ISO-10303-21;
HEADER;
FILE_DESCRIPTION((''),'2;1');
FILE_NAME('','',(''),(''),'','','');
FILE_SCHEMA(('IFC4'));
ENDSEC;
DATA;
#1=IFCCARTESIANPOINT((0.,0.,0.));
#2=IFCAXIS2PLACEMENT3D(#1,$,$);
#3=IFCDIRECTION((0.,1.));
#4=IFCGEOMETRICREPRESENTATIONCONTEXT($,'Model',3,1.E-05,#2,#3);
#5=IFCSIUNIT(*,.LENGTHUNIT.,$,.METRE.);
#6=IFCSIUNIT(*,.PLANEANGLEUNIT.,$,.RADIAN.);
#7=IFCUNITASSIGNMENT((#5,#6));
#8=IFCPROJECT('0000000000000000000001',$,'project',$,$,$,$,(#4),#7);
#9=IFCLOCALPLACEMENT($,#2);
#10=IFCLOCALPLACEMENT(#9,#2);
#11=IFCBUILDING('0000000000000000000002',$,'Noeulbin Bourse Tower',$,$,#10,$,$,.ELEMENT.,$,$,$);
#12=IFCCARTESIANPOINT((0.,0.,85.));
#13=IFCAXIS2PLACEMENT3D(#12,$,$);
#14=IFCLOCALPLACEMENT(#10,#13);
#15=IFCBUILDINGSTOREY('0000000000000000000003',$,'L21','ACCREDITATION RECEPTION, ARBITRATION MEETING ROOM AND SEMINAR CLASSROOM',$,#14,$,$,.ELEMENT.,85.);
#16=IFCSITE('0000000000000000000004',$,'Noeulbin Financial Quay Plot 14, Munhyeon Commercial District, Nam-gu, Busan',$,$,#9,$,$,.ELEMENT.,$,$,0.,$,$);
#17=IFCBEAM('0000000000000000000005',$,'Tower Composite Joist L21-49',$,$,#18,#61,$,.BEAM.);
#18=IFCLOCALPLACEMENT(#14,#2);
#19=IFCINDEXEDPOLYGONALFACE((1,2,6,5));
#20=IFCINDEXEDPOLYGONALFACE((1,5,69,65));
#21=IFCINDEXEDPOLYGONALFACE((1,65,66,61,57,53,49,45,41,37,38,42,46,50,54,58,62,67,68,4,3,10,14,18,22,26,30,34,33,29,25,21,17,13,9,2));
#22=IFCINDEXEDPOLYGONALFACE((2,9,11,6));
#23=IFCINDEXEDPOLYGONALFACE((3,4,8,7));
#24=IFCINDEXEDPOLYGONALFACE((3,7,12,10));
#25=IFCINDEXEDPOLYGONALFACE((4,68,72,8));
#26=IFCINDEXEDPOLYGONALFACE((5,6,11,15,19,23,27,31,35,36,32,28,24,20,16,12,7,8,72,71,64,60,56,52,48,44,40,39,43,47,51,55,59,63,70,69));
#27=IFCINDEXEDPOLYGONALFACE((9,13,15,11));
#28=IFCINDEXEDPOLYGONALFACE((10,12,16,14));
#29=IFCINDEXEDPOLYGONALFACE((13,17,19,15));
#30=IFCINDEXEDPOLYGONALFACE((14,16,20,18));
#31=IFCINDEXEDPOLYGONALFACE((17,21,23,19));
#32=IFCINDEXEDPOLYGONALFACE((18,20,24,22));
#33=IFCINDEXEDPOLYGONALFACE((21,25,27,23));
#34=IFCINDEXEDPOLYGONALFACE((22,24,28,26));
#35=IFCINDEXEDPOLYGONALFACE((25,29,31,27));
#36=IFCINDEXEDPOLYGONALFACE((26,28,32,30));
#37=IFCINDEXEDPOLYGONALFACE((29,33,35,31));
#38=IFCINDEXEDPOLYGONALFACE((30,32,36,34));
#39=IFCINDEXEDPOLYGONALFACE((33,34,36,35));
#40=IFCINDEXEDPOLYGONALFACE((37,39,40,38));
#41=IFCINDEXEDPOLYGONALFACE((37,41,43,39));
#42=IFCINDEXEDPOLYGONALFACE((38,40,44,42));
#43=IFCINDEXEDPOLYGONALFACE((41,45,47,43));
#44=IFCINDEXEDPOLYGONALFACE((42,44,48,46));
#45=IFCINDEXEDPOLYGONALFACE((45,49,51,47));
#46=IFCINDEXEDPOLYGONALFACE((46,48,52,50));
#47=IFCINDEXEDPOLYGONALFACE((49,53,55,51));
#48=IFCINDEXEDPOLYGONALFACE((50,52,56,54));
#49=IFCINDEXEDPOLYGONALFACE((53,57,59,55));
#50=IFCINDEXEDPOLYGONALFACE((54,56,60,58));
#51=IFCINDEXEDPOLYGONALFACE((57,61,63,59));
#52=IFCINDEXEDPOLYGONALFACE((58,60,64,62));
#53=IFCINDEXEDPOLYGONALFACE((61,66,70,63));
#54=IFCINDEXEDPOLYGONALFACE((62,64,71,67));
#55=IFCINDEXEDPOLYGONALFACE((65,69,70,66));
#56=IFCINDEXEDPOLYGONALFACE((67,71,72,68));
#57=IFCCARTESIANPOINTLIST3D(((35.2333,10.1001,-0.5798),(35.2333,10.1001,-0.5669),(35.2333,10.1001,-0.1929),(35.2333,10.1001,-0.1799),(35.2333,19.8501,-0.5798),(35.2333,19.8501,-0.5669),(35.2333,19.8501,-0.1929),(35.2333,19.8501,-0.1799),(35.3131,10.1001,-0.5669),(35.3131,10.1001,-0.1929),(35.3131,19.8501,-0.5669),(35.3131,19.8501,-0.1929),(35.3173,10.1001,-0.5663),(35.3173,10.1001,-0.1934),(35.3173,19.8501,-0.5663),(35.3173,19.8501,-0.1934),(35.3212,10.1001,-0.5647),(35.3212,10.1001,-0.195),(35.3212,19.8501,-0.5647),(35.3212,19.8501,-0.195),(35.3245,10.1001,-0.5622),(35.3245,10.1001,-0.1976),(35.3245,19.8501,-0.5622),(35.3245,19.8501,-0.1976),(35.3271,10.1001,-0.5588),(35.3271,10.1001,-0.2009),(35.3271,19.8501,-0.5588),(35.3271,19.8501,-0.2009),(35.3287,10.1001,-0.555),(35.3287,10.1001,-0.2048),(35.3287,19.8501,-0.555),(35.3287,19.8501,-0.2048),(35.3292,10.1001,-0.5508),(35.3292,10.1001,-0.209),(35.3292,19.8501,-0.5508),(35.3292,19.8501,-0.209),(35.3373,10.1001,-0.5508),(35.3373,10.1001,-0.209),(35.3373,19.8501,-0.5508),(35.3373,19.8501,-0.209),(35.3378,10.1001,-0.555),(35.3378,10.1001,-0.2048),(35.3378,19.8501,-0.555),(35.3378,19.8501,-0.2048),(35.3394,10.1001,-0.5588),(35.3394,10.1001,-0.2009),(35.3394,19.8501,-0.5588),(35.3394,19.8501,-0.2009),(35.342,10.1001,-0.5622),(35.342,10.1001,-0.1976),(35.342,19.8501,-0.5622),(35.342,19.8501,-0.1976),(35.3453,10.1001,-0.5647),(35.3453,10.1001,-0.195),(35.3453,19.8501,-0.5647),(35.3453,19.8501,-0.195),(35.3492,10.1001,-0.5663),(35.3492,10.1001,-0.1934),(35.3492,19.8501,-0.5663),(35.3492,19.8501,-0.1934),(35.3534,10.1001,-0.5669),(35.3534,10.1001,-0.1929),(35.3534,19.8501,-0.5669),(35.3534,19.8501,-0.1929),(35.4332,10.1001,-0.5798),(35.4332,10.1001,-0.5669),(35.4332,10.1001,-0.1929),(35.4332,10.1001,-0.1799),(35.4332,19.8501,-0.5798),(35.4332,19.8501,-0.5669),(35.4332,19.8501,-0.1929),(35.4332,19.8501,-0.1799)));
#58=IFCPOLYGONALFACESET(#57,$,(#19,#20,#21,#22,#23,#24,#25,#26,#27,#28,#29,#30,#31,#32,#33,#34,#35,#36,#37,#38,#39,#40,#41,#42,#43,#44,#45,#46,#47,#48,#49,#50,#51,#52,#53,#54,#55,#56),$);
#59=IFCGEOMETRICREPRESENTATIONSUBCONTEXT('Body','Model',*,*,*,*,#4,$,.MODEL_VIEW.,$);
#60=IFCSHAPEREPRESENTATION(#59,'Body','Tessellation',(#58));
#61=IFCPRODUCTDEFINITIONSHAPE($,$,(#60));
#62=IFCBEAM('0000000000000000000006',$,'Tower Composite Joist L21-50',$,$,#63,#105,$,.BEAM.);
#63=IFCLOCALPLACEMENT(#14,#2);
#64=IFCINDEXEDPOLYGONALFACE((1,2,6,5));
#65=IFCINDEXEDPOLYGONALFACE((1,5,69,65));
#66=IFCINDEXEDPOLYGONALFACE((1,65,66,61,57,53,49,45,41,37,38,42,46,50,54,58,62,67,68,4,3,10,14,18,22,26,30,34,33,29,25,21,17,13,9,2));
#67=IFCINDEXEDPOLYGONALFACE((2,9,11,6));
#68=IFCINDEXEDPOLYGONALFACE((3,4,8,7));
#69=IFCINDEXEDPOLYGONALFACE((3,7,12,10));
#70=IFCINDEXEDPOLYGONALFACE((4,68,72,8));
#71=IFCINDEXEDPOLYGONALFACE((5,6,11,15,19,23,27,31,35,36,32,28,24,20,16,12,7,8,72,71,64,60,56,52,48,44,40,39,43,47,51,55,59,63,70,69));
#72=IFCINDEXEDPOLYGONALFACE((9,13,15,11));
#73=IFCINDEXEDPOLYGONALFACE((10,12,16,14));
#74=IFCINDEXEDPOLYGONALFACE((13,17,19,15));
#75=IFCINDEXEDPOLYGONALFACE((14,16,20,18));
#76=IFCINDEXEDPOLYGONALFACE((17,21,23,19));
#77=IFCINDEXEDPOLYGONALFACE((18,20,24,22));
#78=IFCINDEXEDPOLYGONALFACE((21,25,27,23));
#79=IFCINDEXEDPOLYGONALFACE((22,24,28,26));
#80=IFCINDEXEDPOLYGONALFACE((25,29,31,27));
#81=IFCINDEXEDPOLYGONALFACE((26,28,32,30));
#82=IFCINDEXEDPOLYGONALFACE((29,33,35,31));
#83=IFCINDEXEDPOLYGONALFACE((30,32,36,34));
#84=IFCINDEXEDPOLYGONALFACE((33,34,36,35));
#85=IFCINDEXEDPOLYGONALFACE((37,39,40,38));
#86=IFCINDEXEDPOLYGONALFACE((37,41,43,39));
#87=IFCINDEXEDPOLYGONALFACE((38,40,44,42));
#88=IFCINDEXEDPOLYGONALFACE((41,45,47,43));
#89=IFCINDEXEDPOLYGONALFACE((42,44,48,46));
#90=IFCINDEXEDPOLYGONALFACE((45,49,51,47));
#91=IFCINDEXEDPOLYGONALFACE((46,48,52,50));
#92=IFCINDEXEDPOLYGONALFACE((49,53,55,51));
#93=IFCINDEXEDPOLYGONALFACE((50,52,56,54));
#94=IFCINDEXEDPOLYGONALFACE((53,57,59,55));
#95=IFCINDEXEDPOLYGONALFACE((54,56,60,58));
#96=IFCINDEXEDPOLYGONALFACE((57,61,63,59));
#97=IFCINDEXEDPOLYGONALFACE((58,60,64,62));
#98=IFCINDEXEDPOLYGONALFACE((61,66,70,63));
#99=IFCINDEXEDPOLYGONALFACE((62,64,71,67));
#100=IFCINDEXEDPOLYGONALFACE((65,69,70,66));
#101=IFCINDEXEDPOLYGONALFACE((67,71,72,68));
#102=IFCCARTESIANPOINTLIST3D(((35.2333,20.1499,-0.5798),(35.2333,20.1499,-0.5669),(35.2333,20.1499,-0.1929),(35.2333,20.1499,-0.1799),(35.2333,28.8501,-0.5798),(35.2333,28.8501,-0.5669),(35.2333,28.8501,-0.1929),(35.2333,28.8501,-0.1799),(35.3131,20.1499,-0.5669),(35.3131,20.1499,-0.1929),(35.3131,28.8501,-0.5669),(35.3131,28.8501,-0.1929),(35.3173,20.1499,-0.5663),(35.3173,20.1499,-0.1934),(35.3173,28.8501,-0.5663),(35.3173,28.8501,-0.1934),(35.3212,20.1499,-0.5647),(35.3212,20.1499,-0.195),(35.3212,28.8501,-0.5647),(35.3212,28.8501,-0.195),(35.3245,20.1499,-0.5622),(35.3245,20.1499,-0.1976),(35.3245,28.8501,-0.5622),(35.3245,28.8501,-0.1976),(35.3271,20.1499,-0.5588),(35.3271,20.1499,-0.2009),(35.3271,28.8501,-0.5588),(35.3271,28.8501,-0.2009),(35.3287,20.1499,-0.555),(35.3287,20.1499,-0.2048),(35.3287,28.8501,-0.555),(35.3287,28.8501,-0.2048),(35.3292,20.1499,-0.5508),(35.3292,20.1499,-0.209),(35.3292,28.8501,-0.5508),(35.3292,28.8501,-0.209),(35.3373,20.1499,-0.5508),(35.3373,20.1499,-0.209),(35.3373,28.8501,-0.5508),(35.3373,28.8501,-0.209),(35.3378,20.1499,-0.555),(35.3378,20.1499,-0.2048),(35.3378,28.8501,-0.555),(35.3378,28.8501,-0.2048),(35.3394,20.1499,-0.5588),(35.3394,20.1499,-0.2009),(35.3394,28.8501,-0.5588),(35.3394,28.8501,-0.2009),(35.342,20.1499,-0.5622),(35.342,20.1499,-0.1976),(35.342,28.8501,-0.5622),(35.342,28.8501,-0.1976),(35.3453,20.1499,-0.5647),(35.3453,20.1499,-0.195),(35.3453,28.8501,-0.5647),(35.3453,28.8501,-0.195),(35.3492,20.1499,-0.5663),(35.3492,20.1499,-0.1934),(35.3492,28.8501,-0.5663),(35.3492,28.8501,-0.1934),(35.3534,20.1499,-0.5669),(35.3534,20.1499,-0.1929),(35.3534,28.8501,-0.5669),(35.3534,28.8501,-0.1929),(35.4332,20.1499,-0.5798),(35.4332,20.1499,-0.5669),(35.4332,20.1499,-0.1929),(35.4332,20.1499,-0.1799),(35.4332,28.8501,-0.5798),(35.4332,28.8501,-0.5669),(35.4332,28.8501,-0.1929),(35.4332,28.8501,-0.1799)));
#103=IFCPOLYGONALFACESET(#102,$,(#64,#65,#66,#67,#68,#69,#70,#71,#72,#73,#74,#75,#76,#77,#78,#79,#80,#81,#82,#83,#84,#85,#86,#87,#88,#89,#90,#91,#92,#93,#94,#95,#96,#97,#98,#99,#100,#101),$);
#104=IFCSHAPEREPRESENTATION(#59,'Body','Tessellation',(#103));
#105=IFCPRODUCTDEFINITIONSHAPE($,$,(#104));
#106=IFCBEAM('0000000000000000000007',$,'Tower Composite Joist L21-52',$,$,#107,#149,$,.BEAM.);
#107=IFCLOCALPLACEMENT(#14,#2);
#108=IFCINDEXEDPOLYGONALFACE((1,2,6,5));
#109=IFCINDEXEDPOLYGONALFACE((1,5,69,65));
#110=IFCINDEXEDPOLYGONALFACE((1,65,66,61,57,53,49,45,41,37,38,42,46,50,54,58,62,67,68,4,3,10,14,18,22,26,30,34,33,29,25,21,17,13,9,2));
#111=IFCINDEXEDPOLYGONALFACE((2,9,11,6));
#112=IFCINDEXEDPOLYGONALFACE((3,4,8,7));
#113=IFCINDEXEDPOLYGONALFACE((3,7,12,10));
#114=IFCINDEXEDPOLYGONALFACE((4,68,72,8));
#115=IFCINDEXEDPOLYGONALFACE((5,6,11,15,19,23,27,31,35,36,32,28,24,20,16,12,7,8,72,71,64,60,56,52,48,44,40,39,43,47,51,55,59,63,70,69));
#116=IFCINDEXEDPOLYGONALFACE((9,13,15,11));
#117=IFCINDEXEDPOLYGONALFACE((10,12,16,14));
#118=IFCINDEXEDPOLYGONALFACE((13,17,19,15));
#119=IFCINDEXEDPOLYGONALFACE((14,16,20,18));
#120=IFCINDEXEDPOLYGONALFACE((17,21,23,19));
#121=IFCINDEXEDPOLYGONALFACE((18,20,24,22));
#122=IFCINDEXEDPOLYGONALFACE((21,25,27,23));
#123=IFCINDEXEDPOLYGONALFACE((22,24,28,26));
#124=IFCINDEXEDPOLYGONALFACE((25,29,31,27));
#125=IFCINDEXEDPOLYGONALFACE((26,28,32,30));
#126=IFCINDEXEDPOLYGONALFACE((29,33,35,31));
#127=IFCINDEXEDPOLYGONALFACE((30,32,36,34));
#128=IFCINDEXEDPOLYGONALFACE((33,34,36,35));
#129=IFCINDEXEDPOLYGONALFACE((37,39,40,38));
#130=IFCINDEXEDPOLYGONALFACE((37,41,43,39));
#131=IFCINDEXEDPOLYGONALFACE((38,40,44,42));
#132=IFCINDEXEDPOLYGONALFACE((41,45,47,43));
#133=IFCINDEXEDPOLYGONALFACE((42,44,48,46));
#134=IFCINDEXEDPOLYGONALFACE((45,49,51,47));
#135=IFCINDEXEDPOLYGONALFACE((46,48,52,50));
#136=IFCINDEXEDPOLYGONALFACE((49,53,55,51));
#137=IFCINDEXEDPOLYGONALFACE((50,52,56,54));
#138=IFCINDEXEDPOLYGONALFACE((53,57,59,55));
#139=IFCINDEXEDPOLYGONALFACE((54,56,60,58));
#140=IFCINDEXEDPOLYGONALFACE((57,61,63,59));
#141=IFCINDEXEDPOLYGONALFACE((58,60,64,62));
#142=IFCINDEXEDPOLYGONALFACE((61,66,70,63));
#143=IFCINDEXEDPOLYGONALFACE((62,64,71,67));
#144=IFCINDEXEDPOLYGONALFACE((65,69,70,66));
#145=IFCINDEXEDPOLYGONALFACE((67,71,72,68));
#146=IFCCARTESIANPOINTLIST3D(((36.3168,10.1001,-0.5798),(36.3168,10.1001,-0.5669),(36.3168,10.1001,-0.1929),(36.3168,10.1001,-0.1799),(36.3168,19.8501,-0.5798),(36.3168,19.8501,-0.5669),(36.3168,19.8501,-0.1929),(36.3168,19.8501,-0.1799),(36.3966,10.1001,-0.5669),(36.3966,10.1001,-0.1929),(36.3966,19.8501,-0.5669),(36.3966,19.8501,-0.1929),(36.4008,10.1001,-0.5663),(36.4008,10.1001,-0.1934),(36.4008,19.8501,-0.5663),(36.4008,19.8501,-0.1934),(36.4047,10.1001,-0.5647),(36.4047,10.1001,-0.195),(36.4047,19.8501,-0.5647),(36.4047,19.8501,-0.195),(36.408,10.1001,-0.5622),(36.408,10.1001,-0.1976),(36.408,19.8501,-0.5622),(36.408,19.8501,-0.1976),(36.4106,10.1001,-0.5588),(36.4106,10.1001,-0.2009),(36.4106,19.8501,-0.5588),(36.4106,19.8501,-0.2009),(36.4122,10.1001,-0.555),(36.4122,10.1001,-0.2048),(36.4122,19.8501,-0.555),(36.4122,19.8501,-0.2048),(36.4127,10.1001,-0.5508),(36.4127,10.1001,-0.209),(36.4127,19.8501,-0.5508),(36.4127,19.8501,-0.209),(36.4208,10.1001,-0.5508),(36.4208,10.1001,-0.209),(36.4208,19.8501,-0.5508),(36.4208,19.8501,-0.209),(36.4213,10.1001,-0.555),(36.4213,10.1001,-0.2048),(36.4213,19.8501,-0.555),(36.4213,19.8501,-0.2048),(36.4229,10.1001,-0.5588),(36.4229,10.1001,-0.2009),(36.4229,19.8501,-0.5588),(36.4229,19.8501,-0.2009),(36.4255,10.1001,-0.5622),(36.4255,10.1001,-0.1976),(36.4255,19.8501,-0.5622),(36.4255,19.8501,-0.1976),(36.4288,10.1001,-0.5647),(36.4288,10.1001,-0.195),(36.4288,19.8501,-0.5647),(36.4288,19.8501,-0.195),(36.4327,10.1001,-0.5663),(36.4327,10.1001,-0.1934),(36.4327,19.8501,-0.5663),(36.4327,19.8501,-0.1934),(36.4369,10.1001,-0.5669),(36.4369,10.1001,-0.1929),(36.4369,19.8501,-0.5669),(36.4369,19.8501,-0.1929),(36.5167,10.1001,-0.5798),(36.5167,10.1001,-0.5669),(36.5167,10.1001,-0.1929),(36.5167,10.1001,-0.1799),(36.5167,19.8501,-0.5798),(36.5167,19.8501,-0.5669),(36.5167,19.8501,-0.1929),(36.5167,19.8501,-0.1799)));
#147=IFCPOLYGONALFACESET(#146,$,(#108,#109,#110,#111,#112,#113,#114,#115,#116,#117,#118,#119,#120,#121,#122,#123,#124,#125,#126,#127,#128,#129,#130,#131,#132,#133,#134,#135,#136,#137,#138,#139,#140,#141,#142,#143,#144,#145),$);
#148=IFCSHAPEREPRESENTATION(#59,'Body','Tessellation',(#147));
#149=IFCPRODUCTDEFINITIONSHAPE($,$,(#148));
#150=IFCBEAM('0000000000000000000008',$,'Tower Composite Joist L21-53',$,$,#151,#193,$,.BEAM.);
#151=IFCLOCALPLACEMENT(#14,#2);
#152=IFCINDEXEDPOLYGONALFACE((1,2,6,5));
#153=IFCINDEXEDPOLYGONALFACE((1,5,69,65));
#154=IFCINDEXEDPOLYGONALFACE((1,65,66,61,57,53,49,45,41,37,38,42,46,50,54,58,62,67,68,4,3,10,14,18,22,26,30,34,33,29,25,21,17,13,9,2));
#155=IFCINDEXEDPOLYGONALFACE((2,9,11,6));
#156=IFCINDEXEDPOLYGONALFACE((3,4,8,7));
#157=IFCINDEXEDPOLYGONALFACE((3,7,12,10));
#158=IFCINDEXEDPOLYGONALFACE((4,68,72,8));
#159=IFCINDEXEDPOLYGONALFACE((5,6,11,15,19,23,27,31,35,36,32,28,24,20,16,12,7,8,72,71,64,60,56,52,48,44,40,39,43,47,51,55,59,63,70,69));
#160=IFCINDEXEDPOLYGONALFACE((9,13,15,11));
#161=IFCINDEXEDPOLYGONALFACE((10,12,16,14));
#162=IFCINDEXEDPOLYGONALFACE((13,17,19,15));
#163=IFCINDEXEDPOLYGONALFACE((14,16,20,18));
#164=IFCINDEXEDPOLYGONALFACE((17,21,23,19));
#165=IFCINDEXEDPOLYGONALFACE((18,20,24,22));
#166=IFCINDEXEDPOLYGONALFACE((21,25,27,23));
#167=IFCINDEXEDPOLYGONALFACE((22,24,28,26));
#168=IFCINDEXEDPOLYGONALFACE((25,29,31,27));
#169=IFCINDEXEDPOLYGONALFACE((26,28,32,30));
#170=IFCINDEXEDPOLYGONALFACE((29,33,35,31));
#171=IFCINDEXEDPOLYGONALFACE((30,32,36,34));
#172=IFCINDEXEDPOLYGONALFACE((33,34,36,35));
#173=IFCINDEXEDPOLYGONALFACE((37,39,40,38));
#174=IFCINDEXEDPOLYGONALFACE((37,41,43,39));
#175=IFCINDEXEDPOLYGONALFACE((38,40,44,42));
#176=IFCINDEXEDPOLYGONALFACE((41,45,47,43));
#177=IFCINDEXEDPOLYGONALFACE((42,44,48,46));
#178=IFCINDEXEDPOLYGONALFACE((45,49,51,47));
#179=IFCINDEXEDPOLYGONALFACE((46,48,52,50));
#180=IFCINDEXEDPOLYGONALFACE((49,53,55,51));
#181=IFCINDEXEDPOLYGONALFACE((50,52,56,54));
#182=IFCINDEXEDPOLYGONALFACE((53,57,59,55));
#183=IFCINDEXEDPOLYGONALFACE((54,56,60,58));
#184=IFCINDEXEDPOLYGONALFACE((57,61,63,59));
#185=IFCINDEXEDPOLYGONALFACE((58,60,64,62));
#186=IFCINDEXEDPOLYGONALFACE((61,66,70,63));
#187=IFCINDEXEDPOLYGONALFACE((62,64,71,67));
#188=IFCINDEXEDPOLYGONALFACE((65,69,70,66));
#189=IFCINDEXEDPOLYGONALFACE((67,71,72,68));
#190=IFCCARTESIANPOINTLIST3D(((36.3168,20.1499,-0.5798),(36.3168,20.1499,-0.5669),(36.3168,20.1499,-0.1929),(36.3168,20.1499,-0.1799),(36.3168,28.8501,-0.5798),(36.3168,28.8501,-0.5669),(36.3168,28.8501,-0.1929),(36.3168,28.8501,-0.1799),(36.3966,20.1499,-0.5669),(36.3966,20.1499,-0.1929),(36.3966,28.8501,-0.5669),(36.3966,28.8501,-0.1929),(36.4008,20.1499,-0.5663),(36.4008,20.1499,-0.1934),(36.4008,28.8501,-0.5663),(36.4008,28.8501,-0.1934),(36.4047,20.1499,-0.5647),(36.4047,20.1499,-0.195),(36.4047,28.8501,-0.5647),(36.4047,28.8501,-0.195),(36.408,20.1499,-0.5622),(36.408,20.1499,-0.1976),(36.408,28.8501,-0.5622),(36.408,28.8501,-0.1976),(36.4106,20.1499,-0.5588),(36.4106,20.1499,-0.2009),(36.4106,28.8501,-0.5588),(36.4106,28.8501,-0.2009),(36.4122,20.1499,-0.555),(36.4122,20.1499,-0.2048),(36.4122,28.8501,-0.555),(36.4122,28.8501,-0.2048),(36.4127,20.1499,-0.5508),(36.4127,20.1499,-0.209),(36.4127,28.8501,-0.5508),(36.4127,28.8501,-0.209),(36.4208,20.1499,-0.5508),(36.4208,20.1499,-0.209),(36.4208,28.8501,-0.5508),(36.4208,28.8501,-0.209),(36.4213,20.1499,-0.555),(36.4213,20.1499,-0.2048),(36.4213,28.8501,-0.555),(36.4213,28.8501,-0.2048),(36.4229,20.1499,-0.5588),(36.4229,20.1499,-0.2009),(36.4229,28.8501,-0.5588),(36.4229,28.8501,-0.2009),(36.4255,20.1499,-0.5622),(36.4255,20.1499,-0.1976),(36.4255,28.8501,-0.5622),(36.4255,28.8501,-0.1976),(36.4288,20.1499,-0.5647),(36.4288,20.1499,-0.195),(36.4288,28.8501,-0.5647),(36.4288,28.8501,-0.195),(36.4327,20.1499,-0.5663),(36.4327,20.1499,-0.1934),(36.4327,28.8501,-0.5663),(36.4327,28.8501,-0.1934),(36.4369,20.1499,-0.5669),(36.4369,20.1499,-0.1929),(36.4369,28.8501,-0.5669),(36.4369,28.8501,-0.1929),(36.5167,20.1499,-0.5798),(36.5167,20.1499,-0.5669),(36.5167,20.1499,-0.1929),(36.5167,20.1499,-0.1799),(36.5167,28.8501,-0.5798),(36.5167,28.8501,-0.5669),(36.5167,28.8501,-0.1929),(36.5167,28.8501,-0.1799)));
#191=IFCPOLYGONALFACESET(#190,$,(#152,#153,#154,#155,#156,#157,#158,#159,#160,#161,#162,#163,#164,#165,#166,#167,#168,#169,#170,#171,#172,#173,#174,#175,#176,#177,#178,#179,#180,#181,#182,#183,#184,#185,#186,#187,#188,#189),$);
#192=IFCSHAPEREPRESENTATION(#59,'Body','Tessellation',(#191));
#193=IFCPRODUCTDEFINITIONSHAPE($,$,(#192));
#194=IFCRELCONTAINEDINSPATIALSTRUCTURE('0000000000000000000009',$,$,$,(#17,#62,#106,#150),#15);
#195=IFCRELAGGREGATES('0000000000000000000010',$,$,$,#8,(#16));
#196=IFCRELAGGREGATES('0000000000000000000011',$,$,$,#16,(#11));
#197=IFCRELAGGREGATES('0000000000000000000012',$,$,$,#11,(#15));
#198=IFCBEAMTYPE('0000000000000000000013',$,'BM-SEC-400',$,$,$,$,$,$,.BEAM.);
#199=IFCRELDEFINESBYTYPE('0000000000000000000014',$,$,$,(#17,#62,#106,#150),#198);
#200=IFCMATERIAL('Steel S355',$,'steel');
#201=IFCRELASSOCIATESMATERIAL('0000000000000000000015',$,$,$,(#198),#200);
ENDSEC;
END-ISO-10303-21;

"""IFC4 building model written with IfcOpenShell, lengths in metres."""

from ifc_helpers import new_model, si_unit, direction, frame, origin, origin_2d, place, context, subcontext, project, spatial, i_section, extrude, material, material_profile, profile_set, type_object, element, save


model = new_model("IFC4")

# Units and contexts
model_context = context("Model", 3, precision=1e-05, world=origin(), true_north=direction((0.0, 1.0)))
body_context = subcontext(model_context, "Body", "Model", "MODEL_VIEW")
ifc_project = project(units=[si_unit("LENGTHUNIT", "METRE"), si_unit("PLANEANGLEUNIT", "RADIAN")], contexts=[model_context])

# Site, building, storey
site_placement = place(None, origin())
site = spatial("IfcSite", under=ifc_project, at=site_placement, Name="Noeulbin Financial Quay Plot 14, Munhyeon Commercial District, Nam-gu, Busan", CompositionType="ELEMENT", RefElevation=0.0)
building_placement = place(site_placement, origin())
building = spatial("IfcBuilding", under=site, at=building_placement, Name="Noeulbin Bourse Tower", CompositionType="ELEMENT")
storey_placement = place(building_placement, frame((0.0, 0.0, 85.0)))
storey = spatial("IfcBuildingStorey", under=building, at=storey_placement, Name="L21", Description="ACCREDITATION RECEPTION, ARBITRATION MEETING ROOM AND SEMINAR CLASSROOM", CompositionType="ELEMENT", Elevation=85.0)

# Beams
ifc_material_1 = material(Name="Steel S355", Category="steel")
ifc_material_profile_1 = material_profile(ifc_material_1, i_section(OverallWidth=0.2, OverallDepth=0.3999, WebThickness=0.0081, FlangeThickness=0.0129, FilletRadius=0.0161, at=origin_2d()), Name="H-400x200x8x13", Category="LoadBearing")
ifc_profile_set_1 = profile_set([ifc_material_profile_1], Name="Steel S355")
beam_type_1 = type_object("IfcBeamType", Name="BM-SEC-400", PredefinedType="BEAM", material=ifc_profile_set_1)
beam_1_placement = place(storey_placement, frame((35.3333, 10.1001, -0.3799), z_axis=(0.0, 1.0, 0.0), x_axis=(-1.0, 0.0, 0.0)))
element("IfcBeam", 1, at=beam_1_placement, inside=storey, type_object=beam_type_1, Name="Tower Composite Joist L21-49", PredefinedType="BEAM", context=body_context, shape_type="SweptSolid", body=[
    extrude(i_section(OverallWidth=0.2, OverallDepth=0.3999, WebThickness=0.0081, FlangeThickness=0.0129, FilletRadius=0.0161, at=origin_2d()), origin(), (0.0, 0.0, 1.0), 9.75),
])
beam_2_placement = place(storey_placement, frame((35.3333, 20.1499, -0.3799), z_axis=(0.0, 1.0, 0.0), x_axis=(-1.0, 0.0, 0.0)))
element("IfcBeam", 2, at=beam_2_placement, inside=storey, type_object=beam_type_1, Name="Tower Composite Joist L21-50", PredefinedType="BEAM", context=body_context, shape_type="SweptSolid", body=[
    extrude(i_section(OverallWidth=0.2, OverallDepth=0.3999, WebThickness=0.0081, FlangeThickness=0.0129, FilletRadius=0.0161, at=origin_2d()), origin(), (0.0, 0.0, 1.0), 8.7002),
])
beam_3_placement = place(storey_placement, frame((36.4167, 10.1001, -0.3799), z_axis=(0.0, 1.0, 0.0), x_axis=(-1.0, 0.0, 0.0)))
element("IfcBeam", 3, at=beam_3_placement, inside=storey, type_object=beam_type_1, Name="Tower Composite Joist L21-52", PredefinedType="BEAM", context=body_context, shape_type="SweptSolid", body=[
    extrude(i_section(OverallWidth=0.2, OverallDepth=0.3999, WebThickness=0.0081, FlangeThickness=0.0129, FilletRadius=0.0161, at=origin_2d()), origin(), (0.0, 0.0, 1.0), 9.75),
])
beam_4_placement = place(storey_placement, frame((36.4167, 20.1499, -0.3799), z_axis=(0.0, 1.0, 0.0), x_axis=(-1.0, 0.0, 0.0)))
element("IfcBeam", 4, at=beam_4_placement, inside=storey, type_object=beam_type_1, Name="Tower Composite Joist L21-53", PredefinedType="BEAM", context=body_context, shape_type="SweptSolid", body=[
    extrude(i_section(OverallWidth=0.2, OverallDepth=0.3999, WebThickness=0.0081, FlangeThickness=0.0129, FilletRadius=0.0161, at=origin_2d()), origin(), (0.0, 0.0, 1.0), 8.7002),
])

save(model, "model.ifc")
